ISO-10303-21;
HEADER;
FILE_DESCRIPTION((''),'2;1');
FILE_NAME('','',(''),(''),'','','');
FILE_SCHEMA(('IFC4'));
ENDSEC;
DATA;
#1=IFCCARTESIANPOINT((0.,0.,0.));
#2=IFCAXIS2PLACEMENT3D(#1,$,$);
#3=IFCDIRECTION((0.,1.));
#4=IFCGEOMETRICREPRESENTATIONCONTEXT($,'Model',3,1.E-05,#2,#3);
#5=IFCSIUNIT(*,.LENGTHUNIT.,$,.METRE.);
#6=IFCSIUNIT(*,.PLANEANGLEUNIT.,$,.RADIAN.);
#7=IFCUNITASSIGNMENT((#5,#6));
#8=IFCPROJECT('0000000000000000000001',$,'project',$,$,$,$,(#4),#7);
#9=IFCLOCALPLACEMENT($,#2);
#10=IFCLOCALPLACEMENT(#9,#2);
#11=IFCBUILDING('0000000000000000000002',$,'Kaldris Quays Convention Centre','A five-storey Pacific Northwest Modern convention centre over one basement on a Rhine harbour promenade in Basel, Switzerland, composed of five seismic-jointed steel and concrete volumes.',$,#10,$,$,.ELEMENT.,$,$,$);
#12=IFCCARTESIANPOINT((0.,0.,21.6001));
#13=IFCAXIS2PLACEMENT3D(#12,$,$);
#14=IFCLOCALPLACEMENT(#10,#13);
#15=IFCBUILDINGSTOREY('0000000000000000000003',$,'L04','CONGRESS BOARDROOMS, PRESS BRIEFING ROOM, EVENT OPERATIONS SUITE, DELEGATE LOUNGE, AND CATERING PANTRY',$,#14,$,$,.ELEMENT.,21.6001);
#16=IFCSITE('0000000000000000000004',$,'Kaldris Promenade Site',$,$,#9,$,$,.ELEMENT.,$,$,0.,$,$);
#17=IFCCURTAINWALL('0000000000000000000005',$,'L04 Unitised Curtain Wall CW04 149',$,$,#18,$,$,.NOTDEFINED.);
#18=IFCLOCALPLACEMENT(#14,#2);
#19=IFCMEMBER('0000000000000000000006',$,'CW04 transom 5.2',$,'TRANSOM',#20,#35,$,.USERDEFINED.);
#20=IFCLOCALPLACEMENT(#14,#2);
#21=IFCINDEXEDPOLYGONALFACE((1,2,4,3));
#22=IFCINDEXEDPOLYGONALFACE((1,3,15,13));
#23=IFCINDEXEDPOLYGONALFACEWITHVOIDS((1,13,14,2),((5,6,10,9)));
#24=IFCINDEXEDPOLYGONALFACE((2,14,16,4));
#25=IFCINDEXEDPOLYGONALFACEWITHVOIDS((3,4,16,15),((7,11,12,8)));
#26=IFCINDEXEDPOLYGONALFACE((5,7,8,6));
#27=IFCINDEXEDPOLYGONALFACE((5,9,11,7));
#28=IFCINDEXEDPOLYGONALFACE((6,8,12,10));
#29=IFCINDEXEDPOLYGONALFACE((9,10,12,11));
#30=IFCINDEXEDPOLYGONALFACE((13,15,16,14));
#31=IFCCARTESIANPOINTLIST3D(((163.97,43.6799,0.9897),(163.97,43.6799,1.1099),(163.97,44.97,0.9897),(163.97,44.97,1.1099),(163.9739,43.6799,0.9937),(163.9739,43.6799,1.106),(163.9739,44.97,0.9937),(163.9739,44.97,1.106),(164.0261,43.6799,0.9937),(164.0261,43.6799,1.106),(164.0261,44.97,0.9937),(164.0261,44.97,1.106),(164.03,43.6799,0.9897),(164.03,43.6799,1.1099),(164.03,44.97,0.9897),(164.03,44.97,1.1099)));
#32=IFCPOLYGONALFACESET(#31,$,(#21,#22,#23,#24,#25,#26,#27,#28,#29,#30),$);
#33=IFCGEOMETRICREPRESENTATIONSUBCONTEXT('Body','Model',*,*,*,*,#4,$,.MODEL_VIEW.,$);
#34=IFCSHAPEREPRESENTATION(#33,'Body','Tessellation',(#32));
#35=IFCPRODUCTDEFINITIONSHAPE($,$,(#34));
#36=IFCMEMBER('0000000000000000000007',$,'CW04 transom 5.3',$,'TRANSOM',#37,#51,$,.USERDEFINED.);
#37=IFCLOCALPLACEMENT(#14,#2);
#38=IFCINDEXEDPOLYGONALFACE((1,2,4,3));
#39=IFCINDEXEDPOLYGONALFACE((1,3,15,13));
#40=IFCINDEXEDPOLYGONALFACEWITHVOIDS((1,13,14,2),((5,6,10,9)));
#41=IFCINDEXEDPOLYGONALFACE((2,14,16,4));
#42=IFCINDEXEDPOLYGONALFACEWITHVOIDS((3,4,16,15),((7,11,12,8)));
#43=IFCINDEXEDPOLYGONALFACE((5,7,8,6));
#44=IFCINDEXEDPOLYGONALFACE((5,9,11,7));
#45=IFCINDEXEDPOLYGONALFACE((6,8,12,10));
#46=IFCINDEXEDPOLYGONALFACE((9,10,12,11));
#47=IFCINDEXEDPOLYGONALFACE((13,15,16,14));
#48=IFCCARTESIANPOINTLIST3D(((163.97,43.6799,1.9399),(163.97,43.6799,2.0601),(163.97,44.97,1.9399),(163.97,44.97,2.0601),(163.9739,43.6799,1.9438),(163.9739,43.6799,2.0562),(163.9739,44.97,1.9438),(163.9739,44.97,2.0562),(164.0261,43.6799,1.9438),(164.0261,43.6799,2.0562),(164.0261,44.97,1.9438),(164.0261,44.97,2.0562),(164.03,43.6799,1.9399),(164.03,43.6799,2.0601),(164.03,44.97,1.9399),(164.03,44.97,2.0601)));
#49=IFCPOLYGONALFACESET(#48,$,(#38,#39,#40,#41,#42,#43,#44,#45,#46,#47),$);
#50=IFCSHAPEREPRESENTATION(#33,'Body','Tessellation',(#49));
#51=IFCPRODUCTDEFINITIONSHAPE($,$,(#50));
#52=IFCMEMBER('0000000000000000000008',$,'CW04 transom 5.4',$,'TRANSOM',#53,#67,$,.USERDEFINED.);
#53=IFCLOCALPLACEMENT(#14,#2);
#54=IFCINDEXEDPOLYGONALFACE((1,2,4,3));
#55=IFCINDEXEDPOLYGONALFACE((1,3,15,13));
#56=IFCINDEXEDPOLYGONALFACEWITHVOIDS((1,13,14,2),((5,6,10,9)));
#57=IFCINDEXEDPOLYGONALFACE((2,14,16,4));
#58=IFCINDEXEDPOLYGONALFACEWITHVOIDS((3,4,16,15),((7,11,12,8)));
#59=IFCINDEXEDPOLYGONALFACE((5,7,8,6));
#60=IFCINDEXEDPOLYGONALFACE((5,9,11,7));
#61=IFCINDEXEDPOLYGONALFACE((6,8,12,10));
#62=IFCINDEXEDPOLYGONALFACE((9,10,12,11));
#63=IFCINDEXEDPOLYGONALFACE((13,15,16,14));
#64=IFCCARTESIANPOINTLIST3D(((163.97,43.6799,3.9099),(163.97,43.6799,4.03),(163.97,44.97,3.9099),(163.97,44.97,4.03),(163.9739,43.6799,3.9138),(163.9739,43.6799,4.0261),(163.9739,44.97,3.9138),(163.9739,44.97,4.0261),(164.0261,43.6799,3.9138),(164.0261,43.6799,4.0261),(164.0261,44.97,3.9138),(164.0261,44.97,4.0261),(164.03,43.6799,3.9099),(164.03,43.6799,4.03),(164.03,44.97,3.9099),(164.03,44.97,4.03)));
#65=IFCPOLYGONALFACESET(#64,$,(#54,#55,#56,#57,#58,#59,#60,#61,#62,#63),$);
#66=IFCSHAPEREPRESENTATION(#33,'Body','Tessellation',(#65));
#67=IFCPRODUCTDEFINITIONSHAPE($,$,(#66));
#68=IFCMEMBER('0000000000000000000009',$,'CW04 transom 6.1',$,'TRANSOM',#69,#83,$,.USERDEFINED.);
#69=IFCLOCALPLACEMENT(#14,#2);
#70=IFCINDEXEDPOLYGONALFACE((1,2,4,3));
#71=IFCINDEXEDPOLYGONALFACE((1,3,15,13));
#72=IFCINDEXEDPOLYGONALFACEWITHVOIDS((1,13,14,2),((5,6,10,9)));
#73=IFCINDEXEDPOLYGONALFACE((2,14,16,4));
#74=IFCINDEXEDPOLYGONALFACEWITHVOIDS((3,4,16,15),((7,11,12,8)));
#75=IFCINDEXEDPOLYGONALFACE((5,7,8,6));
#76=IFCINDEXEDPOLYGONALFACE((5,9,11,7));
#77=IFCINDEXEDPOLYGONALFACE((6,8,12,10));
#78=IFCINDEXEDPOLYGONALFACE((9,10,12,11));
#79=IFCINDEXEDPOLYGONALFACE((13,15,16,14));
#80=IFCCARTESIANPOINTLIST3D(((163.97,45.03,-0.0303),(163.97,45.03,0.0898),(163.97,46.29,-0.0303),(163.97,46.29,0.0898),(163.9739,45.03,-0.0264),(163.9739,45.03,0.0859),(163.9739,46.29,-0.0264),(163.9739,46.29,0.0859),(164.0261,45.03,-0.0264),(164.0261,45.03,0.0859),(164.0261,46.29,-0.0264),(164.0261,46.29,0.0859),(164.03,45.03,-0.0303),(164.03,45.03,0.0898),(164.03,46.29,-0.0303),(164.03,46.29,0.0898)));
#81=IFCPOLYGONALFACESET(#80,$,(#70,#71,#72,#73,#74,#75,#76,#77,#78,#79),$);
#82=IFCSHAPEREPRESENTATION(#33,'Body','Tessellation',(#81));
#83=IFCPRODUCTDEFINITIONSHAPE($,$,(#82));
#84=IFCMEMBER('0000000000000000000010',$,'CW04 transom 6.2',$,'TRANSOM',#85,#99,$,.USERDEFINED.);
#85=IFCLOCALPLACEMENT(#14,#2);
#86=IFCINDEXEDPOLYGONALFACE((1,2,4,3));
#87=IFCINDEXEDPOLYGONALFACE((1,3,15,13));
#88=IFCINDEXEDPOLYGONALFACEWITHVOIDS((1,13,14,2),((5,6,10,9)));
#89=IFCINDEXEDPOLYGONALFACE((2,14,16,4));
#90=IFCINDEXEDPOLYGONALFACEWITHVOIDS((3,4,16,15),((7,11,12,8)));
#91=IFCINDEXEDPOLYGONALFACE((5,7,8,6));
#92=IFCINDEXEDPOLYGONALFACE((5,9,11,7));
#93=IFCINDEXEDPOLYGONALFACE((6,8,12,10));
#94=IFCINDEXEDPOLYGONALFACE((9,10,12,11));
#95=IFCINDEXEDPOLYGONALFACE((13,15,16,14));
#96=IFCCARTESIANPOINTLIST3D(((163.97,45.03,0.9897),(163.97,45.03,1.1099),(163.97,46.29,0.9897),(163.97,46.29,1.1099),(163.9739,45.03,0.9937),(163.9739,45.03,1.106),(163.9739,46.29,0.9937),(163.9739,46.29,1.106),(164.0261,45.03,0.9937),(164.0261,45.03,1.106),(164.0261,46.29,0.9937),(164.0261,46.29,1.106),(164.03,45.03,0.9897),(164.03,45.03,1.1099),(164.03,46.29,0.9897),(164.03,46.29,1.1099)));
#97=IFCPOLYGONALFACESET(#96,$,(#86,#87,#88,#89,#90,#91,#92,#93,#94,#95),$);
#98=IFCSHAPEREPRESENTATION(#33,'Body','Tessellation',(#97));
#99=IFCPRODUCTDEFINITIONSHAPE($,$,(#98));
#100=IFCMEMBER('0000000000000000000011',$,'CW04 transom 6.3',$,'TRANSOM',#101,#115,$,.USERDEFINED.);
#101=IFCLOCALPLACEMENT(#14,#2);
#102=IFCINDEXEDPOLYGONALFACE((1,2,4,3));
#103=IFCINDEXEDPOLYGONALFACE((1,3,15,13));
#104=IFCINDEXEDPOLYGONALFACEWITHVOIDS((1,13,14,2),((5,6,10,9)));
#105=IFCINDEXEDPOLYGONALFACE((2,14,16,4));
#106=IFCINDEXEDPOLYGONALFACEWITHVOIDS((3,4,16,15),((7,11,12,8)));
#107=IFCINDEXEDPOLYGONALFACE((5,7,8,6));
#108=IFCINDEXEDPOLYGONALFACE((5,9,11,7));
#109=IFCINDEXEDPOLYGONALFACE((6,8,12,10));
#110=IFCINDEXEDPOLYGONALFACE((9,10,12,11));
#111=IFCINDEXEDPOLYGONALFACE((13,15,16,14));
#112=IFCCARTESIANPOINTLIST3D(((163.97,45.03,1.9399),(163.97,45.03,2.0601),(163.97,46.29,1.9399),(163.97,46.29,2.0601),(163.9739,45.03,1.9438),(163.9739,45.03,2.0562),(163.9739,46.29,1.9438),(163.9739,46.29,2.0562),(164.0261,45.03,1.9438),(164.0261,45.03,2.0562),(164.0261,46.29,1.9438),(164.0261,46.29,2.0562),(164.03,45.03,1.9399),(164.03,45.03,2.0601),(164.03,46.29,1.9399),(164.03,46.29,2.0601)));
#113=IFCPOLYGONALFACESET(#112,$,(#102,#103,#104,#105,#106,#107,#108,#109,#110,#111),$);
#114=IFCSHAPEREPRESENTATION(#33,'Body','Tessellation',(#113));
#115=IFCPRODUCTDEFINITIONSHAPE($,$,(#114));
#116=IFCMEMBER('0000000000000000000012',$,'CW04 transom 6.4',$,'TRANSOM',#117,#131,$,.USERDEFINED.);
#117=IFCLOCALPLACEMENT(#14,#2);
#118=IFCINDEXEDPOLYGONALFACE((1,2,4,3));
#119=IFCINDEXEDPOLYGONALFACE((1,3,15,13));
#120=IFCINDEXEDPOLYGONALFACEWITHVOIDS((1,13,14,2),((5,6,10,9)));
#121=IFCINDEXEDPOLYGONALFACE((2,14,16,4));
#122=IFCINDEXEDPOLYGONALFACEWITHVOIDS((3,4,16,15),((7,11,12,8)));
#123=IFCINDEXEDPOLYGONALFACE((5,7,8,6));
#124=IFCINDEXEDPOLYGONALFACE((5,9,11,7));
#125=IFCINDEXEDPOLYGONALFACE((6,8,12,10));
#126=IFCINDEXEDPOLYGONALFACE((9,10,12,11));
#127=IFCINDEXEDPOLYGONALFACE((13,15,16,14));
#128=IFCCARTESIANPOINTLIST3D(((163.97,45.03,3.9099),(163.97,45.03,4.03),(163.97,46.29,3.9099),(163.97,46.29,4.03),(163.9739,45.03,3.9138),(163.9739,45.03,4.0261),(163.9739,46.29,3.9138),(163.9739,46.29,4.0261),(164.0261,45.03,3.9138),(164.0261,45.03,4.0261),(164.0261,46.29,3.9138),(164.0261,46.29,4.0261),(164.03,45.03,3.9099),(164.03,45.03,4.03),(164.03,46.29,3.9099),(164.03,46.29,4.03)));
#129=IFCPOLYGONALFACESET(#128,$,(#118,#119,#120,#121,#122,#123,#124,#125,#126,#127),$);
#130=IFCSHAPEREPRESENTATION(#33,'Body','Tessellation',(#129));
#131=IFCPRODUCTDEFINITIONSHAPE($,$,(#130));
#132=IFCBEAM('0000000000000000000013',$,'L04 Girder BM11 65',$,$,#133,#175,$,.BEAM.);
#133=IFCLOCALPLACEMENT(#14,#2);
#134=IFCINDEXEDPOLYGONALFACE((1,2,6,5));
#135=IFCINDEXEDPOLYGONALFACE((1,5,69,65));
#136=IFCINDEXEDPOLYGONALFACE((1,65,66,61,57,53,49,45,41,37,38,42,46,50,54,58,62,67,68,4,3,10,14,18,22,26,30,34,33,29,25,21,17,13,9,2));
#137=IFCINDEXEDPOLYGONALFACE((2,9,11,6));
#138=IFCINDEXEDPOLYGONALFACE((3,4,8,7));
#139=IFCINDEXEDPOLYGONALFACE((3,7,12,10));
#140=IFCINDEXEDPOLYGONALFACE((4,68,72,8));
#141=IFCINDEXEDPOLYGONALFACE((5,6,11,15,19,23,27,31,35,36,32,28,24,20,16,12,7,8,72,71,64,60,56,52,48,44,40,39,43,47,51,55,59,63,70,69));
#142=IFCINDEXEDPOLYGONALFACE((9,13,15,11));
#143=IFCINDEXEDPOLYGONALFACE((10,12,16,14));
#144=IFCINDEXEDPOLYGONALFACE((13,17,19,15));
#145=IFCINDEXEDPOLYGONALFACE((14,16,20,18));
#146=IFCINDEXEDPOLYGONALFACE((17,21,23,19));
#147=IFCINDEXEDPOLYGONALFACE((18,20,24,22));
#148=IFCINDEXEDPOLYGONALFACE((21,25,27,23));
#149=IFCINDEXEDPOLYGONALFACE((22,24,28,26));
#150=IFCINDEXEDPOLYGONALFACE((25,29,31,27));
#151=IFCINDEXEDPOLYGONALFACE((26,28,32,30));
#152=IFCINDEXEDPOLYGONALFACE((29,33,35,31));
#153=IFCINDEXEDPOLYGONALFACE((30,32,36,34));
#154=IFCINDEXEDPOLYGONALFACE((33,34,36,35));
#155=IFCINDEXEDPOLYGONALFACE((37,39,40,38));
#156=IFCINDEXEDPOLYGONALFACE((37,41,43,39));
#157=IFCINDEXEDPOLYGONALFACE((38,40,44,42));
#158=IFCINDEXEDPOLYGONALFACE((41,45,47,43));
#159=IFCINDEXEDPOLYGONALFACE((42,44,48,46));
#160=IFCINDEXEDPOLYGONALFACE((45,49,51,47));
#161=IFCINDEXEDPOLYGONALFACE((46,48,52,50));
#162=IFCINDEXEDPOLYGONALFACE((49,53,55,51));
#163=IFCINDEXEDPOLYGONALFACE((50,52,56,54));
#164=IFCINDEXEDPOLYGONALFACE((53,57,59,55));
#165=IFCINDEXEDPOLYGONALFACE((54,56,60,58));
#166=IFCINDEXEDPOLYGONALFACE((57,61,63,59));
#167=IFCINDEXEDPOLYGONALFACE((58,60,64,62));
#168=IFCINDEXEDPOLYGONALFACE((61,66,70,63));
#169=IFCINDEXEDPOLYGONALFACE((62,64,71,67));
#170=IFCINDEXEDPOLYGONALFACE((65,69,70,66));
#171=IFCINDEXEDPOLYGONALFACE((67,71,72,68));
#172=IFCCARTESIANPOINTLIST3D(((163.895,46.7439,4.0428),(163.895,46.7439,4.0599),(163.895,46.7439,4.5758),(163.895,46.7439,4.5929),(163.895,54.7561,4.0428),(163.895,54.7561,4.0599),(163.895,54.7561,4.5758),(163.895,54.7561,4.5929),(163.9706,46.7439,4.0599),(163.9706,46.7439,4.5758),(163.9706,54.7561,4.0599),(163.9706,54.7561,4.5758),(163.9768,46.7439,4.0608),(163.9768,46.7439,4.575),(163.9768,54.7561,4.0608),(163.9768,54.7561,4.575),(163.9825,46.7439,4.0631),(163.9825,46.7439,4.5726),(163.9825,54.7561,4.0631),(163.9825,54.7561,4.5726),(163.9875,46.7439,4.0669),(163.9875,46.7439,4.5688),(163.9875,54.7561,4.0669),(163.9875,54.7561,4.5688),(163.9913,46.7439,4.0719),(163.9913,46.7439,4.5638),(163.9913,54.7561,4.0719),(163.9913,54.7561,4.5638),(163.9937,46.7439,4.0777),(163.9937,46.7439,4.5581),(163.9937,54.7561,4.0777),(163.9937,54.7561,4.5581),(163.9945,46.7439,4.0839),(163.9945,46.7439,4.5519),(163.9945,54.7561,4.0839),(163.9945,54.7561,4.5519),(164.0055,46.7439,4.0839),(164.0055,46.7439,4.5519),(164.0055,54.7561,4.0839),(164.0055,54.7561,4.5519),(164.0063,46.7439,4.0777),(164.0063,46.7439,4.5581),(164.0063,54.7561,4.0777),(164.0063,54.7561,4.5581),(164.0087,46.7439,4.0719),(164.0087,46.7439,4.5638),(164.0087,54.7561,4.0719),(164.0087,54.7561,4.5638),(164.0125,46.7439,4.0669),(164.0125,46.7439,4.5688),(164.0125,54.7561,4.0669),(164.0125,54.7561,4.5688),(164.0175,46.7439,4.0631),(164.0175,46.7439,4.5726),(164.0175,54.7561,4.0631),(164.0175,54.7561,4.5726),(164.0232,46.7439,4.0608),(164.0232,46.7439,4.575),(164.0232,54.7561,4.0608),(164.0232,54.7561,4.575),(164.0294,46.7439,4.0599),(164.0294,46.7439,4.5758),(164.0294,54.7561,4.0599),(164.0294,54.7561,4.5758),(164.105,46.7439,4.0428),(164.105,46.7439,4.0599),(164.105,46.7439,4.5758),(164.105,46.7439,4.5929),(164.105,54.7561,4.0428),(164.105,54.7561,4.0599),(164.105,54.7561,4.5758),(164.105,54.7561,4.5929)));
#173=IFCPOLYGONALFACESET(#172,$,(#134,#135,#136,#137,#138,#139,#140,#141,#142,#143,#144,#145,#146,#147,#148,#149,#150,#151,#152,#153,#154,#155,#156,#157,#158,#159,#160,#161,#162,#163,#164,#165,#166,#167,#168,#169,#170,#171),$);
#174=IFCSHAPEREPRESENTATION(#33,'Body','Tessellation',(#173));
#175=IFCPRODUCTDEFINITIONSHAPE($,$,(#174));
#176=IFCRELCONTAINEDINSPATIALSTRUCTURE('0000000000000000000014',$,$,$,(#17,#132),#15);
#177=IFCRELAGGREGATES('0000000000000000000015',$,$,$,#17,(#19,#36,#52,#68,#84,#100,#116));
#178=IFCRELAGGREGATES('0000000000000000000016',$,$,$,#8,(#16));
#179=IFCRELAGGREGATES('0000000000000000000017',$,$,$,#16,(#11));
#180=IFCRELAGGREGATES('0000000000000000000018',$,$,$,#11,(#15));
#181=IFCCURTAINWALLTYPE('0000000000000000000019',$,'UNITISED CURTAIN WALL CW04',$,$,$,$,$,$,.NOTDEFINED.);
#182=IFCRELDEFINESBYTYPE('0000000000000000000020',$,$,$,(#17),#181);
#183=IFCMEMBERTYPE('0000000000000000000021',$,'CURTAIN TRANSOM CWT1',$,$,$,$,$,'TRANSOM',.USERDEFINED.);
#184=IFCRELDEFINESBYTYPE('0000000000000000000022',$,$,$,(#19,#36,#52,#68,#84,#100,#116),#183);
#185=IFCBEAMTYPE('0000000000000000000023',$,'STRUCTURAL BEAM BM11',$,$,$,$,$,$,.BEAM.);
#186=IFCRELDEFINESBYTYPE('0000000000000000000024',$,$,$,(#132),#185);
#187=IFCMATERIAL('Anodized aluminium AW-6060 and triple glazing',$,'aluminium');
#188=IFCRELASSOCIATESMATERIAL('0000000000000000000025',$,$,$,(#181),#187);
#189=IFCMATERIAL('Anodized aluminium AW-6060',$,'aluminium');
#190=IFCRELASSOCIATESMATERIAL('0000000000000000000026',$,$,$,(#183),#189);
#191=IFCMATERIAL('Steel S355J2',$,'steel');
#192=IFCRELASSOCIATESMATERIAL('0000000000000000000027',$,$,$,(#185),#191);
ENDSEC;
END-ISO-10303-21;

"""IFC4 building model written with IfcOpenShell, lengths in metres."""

from ifc_helpers import new_model, si_unit, direction, frame, origin, origin_2d, place, context, subcontext, project, spatial, hollow_rectangle, i_section, extrude, material, material_profile, profile_set, type_object, element, aggregate, save


model = new_model("IFC4")

# Units and contexts
model_context = context("Model", 3, precision=1e-05, world=origin(), true_north=direction((0.0, 1.0)))
body_context = subcontext(model_context, "Body", "Model", "MODEL_VIEW")
ifc_project = project(units=[si_unit("LENGTHUNIT", "METRE"), si_unit("PLANEANGLEUNIT", "RADIAN")], contexts=[model_context])

# Site, building, storey
site_placement = place(None, origin())
site = spatial("IfcSite", under=ifc_project, at=site_placement, Name="Kaldris Promenade Site", CompositionType="ELEMENT", RefElevation=0.0)
building_placement = place(site_placement, origin())
building = spatial("IfcBuilding", under=site, at=building_placement, Name="Kaldris Quays Convention Centre", Description="A five-storey Pacific Northwest Modern convention centre over one basement on a Rhine harbour promenade in Basel, Switzerland, composed of five seismic-jointed steel and concrete volumes.", CompositionType="ELEMENT")
storey_placement = place(building_placement, frame((0.0, 0.0, 21.6001)))
storey = spatial("IfcBuildingStorey", under=building, at=storey_placement, Name="L04", Description="CONGRESS BOARDROOMS, PRESS BRIEFING ROOM, EVENT OPERATIONS SUITE, DELEGATE LOUNGE, AND CATERING PANTRY", CompositionType="ELEMENT", Elevation=21.6001)

# Shared definitions
ifc_material_1 = material(Name="Steel S355J2", Category="steel")

# Curtain wall, members
ifc_material_2 = material(Name="Anodized aluminium AW-6060 and triple glazing", Category="aluminium")
curtain_wall_type = type_object("IfcCurtainWallType", Name="UNITISED CURTAIN WALL CW04", PredefinedType="NOTDEFINED", material=ifc_material_2)
curtain_wall_placement = place(storey_placement, origin())
curtain_wall = element("IfcCurtainWall", 1, at=curtain_wall_placement, inside=storey, type_object=curtain_wall_type, Name="L04 Unitised Curtain Wall CW04 149", PredefinedType="NOTDEFINED")
ifc_material_3 = material(Name="Anodized aluminium AW-6060", Category="aluminium")
ifc_material_profile_1 = material_profile(ifc_material_3, hollow_rectangle(XDim=0.0601, YDim=0.1201, WallThickness=0.0039, at=origin_2d()), Name="RHS 120x60x4")
ifc_profile_set_1 = profile_set([ifc_material_profile_1], Name="Anodized aluminium AW-6060")
member_type_1 = type_object("IfcMemberType", Name="CURTAIN TRANSOM CWT1", ElementType="TRANSOM", PredefinedType="USERDEFINED", material=ifc_profile_set_1)
member_1_placement = place(storey_placement, frame((164.0, 43.6799, 1.0498), z_axis=(0.0, 1.0, 0.0), x_axis=(-1.0, 0.0, 0.0)))
member_1 = element("IfcMember", 2, at=member_1_placement, type_object=member_type_1, Name="CW04 transom 5.2", ObjectType="TRANSOM", PredefinedType="USERDEFINED", context=body_context, shape_type="SweptSolid", body=[
    extrude(hollow_rectangle(XDim=0.0601, YDim=0.1201, WallThickness=0.0039, at=origin_2d()), origin(), (0.0, 0.0, 1.0), 1.29),
])
member_2_placement = place(storey_placement, frame((164.0, 43.6799, 2.0), z_axis=(0.0, 1.0, 0.0), x_axis=(-1.0, 0.0, 0.0)))
member_2 = element("IfcMember", 3, at=member_2_placement, type_object=member_type_1, Name="CW04 transom 5.3", ObjectType="TRANSOM", PredefinedType="USERDEFINED", context=body_context, shape_type="SweptSolid", body=[
    extrude(hollow_rectangle(XDim=0.0601, YDim=0.1201, WallThickness=0.0039, at=origin_2d()), origin(), (0.0, 0.0, 1.0), 1.29),
])
member_3_placement = place(storey_placement, frame((164.0, 43.6799, 3.97), z_axis=(0.0, 1.0, 0.0), x_axis=(-1.0, 0.0, 0.0)))
member_3 = element("IfcMember", 4, at=member_3_placement, type_object=member_type_1, Name="CW04 transom 5.4", ObjectType="TRANSOM", PredefinedType="USERDEFINED", context=body_context, shape_type="SweptSolid", body=[
    extrude(hollow_rectangle(XDim=0.0601, YDim=0.1201, WallThickness=0.0039, at=origin_2d()), origin(), (0.0, 0.0, 1.0), 1.29),
])
member_4_placement = place(storey_placement, frame((164.0, 45.03, 0.0298), z_axis=(0.0, 1.0, 0.0), x_axis=(-1.0, 0.0, 0.0)))
member_4 = element("IfcMember", 5, at=member_4_placement, type_object=member_type_1, Name="CW04 transom 6.1", ObjectType="TRANSOM", PredefinedType="USERDEFINED", context=body_context, shape_type="SweptSolid", body=[
    extrude(hollow_rectangle(XDim=0.0601, YDim=0.1201, WallThickness=0.0039, at=origin_2d()), origin(), (0.0, 0.0, 1.0), 1.26),
])
member_5_placement = place(storey_placement, frame((164.0, 45.03, 1.0498), z_axis=(0.0, 1.0, 0.0), x_axis=(-1.0, 0.0, 0.0)))
member_5 = element("IfcMember", 6, at=member_5_placement, type_object=member_type_1, Name="CW04 transom 6.2", ObjectType="TRANSOM", PredefinedType="USERDEFINED", context=body_context, shape_type="SweptSolid", body=[
    extrude(hollow_rectangle(XDim=0.0601, YDim=0.1201, WallThickness=0.0039, at=origin_2d()), origin(), (0.0, 0.0, 1.0), 1.26),
])
member_6_placement = place(storey_placement, frame((164.0, 45.03, 2.0), z_axis=(0.0, 1.0, 0.0), x_axis=(-1.0, 0.0, 0.0)))
member_6 = element("IfcMember", 7, at=member_6_placement, type_object=member_type_1, Name="CW04 transom 6.3", ObjectType="TRANSOM", PredefinedType="USERDEFINED", context=body_context, shape_type="SweptSolid", body=[
    extrude(hollow_rectangle(XDim=0.0601, YDim=0.1201, WallThickness=0.0039, at=origin_2d()), origin(), (0.0, 0.0, 1.0), 1.26),
])
member_7_placement = place(storey_placement, frame((164.0, 45.03, 3.97), z_axis=(0.0, 1.0, 0.0), x_axis=(-1.0, 0.0, 0.0)))
member_7 = element("IfcMember", 8, at=member_7_placement, type_object=member_type_1, Name="CW04 transom 6.4", ObjectType="TRANSOM", PredefinedType="USERDEFINED", context=body_context, shape_type="SweptSolid", body=[
    extrude(hollow_rectangle(XDim=0.0601, YDim=0.1201, WallThickness=0.0039, at=origin_2d()), origin(), (0.0, 0.0, 1.0), 1.26),
])

# Beam
ifc_material_profile_2 = material_profile(ifc_material_1, i_section(OverallWidth=0.21, OverallDepth=0.55, WebThickness=0.011, FlangeThickness=0.0171, FilletRadius=0.0239, at=origin_2d()), Name="IPE 550")
ifc_profile_set_2 = profile_set([ifc_material_profile_2], Name="Steel S355J2")
beam_type_1 = type_object("IfcBeamType", Name="STRUCTURAL BEAM BM11", PredefinedType="BEAM", material=ifc_profile_set_2)
beam_1_placement = place(storey_placement, frame((164.0, 46.7439, 4.3179), z_axis=(0.0, 1.0, 0.0), x_axis=(-1.0, 0.0, 0.0)))
element("IfcBeam", 9, at=beam_1_placement, inside=storey, type_object=beam_type_1, Name="L04 Girder BM11 65", PredefinedType="BEAM", context=body_context, shape_type="SweptSolid", body=[
    extrude(i_section(OverallWidth=0.21, OverallDepth=0.55, WebThickness=0.011, FlangeThickness=0.0171, FilletRadius=0.0239, at=origin_2d()), origin(), (0.0, 0.0, 1.0), 8.0122),
])

aggregate(curtain_wall, [member_1, member_2, member_3, member_4, member_5, member_6, member_7])

save(model, "model.ifc")
